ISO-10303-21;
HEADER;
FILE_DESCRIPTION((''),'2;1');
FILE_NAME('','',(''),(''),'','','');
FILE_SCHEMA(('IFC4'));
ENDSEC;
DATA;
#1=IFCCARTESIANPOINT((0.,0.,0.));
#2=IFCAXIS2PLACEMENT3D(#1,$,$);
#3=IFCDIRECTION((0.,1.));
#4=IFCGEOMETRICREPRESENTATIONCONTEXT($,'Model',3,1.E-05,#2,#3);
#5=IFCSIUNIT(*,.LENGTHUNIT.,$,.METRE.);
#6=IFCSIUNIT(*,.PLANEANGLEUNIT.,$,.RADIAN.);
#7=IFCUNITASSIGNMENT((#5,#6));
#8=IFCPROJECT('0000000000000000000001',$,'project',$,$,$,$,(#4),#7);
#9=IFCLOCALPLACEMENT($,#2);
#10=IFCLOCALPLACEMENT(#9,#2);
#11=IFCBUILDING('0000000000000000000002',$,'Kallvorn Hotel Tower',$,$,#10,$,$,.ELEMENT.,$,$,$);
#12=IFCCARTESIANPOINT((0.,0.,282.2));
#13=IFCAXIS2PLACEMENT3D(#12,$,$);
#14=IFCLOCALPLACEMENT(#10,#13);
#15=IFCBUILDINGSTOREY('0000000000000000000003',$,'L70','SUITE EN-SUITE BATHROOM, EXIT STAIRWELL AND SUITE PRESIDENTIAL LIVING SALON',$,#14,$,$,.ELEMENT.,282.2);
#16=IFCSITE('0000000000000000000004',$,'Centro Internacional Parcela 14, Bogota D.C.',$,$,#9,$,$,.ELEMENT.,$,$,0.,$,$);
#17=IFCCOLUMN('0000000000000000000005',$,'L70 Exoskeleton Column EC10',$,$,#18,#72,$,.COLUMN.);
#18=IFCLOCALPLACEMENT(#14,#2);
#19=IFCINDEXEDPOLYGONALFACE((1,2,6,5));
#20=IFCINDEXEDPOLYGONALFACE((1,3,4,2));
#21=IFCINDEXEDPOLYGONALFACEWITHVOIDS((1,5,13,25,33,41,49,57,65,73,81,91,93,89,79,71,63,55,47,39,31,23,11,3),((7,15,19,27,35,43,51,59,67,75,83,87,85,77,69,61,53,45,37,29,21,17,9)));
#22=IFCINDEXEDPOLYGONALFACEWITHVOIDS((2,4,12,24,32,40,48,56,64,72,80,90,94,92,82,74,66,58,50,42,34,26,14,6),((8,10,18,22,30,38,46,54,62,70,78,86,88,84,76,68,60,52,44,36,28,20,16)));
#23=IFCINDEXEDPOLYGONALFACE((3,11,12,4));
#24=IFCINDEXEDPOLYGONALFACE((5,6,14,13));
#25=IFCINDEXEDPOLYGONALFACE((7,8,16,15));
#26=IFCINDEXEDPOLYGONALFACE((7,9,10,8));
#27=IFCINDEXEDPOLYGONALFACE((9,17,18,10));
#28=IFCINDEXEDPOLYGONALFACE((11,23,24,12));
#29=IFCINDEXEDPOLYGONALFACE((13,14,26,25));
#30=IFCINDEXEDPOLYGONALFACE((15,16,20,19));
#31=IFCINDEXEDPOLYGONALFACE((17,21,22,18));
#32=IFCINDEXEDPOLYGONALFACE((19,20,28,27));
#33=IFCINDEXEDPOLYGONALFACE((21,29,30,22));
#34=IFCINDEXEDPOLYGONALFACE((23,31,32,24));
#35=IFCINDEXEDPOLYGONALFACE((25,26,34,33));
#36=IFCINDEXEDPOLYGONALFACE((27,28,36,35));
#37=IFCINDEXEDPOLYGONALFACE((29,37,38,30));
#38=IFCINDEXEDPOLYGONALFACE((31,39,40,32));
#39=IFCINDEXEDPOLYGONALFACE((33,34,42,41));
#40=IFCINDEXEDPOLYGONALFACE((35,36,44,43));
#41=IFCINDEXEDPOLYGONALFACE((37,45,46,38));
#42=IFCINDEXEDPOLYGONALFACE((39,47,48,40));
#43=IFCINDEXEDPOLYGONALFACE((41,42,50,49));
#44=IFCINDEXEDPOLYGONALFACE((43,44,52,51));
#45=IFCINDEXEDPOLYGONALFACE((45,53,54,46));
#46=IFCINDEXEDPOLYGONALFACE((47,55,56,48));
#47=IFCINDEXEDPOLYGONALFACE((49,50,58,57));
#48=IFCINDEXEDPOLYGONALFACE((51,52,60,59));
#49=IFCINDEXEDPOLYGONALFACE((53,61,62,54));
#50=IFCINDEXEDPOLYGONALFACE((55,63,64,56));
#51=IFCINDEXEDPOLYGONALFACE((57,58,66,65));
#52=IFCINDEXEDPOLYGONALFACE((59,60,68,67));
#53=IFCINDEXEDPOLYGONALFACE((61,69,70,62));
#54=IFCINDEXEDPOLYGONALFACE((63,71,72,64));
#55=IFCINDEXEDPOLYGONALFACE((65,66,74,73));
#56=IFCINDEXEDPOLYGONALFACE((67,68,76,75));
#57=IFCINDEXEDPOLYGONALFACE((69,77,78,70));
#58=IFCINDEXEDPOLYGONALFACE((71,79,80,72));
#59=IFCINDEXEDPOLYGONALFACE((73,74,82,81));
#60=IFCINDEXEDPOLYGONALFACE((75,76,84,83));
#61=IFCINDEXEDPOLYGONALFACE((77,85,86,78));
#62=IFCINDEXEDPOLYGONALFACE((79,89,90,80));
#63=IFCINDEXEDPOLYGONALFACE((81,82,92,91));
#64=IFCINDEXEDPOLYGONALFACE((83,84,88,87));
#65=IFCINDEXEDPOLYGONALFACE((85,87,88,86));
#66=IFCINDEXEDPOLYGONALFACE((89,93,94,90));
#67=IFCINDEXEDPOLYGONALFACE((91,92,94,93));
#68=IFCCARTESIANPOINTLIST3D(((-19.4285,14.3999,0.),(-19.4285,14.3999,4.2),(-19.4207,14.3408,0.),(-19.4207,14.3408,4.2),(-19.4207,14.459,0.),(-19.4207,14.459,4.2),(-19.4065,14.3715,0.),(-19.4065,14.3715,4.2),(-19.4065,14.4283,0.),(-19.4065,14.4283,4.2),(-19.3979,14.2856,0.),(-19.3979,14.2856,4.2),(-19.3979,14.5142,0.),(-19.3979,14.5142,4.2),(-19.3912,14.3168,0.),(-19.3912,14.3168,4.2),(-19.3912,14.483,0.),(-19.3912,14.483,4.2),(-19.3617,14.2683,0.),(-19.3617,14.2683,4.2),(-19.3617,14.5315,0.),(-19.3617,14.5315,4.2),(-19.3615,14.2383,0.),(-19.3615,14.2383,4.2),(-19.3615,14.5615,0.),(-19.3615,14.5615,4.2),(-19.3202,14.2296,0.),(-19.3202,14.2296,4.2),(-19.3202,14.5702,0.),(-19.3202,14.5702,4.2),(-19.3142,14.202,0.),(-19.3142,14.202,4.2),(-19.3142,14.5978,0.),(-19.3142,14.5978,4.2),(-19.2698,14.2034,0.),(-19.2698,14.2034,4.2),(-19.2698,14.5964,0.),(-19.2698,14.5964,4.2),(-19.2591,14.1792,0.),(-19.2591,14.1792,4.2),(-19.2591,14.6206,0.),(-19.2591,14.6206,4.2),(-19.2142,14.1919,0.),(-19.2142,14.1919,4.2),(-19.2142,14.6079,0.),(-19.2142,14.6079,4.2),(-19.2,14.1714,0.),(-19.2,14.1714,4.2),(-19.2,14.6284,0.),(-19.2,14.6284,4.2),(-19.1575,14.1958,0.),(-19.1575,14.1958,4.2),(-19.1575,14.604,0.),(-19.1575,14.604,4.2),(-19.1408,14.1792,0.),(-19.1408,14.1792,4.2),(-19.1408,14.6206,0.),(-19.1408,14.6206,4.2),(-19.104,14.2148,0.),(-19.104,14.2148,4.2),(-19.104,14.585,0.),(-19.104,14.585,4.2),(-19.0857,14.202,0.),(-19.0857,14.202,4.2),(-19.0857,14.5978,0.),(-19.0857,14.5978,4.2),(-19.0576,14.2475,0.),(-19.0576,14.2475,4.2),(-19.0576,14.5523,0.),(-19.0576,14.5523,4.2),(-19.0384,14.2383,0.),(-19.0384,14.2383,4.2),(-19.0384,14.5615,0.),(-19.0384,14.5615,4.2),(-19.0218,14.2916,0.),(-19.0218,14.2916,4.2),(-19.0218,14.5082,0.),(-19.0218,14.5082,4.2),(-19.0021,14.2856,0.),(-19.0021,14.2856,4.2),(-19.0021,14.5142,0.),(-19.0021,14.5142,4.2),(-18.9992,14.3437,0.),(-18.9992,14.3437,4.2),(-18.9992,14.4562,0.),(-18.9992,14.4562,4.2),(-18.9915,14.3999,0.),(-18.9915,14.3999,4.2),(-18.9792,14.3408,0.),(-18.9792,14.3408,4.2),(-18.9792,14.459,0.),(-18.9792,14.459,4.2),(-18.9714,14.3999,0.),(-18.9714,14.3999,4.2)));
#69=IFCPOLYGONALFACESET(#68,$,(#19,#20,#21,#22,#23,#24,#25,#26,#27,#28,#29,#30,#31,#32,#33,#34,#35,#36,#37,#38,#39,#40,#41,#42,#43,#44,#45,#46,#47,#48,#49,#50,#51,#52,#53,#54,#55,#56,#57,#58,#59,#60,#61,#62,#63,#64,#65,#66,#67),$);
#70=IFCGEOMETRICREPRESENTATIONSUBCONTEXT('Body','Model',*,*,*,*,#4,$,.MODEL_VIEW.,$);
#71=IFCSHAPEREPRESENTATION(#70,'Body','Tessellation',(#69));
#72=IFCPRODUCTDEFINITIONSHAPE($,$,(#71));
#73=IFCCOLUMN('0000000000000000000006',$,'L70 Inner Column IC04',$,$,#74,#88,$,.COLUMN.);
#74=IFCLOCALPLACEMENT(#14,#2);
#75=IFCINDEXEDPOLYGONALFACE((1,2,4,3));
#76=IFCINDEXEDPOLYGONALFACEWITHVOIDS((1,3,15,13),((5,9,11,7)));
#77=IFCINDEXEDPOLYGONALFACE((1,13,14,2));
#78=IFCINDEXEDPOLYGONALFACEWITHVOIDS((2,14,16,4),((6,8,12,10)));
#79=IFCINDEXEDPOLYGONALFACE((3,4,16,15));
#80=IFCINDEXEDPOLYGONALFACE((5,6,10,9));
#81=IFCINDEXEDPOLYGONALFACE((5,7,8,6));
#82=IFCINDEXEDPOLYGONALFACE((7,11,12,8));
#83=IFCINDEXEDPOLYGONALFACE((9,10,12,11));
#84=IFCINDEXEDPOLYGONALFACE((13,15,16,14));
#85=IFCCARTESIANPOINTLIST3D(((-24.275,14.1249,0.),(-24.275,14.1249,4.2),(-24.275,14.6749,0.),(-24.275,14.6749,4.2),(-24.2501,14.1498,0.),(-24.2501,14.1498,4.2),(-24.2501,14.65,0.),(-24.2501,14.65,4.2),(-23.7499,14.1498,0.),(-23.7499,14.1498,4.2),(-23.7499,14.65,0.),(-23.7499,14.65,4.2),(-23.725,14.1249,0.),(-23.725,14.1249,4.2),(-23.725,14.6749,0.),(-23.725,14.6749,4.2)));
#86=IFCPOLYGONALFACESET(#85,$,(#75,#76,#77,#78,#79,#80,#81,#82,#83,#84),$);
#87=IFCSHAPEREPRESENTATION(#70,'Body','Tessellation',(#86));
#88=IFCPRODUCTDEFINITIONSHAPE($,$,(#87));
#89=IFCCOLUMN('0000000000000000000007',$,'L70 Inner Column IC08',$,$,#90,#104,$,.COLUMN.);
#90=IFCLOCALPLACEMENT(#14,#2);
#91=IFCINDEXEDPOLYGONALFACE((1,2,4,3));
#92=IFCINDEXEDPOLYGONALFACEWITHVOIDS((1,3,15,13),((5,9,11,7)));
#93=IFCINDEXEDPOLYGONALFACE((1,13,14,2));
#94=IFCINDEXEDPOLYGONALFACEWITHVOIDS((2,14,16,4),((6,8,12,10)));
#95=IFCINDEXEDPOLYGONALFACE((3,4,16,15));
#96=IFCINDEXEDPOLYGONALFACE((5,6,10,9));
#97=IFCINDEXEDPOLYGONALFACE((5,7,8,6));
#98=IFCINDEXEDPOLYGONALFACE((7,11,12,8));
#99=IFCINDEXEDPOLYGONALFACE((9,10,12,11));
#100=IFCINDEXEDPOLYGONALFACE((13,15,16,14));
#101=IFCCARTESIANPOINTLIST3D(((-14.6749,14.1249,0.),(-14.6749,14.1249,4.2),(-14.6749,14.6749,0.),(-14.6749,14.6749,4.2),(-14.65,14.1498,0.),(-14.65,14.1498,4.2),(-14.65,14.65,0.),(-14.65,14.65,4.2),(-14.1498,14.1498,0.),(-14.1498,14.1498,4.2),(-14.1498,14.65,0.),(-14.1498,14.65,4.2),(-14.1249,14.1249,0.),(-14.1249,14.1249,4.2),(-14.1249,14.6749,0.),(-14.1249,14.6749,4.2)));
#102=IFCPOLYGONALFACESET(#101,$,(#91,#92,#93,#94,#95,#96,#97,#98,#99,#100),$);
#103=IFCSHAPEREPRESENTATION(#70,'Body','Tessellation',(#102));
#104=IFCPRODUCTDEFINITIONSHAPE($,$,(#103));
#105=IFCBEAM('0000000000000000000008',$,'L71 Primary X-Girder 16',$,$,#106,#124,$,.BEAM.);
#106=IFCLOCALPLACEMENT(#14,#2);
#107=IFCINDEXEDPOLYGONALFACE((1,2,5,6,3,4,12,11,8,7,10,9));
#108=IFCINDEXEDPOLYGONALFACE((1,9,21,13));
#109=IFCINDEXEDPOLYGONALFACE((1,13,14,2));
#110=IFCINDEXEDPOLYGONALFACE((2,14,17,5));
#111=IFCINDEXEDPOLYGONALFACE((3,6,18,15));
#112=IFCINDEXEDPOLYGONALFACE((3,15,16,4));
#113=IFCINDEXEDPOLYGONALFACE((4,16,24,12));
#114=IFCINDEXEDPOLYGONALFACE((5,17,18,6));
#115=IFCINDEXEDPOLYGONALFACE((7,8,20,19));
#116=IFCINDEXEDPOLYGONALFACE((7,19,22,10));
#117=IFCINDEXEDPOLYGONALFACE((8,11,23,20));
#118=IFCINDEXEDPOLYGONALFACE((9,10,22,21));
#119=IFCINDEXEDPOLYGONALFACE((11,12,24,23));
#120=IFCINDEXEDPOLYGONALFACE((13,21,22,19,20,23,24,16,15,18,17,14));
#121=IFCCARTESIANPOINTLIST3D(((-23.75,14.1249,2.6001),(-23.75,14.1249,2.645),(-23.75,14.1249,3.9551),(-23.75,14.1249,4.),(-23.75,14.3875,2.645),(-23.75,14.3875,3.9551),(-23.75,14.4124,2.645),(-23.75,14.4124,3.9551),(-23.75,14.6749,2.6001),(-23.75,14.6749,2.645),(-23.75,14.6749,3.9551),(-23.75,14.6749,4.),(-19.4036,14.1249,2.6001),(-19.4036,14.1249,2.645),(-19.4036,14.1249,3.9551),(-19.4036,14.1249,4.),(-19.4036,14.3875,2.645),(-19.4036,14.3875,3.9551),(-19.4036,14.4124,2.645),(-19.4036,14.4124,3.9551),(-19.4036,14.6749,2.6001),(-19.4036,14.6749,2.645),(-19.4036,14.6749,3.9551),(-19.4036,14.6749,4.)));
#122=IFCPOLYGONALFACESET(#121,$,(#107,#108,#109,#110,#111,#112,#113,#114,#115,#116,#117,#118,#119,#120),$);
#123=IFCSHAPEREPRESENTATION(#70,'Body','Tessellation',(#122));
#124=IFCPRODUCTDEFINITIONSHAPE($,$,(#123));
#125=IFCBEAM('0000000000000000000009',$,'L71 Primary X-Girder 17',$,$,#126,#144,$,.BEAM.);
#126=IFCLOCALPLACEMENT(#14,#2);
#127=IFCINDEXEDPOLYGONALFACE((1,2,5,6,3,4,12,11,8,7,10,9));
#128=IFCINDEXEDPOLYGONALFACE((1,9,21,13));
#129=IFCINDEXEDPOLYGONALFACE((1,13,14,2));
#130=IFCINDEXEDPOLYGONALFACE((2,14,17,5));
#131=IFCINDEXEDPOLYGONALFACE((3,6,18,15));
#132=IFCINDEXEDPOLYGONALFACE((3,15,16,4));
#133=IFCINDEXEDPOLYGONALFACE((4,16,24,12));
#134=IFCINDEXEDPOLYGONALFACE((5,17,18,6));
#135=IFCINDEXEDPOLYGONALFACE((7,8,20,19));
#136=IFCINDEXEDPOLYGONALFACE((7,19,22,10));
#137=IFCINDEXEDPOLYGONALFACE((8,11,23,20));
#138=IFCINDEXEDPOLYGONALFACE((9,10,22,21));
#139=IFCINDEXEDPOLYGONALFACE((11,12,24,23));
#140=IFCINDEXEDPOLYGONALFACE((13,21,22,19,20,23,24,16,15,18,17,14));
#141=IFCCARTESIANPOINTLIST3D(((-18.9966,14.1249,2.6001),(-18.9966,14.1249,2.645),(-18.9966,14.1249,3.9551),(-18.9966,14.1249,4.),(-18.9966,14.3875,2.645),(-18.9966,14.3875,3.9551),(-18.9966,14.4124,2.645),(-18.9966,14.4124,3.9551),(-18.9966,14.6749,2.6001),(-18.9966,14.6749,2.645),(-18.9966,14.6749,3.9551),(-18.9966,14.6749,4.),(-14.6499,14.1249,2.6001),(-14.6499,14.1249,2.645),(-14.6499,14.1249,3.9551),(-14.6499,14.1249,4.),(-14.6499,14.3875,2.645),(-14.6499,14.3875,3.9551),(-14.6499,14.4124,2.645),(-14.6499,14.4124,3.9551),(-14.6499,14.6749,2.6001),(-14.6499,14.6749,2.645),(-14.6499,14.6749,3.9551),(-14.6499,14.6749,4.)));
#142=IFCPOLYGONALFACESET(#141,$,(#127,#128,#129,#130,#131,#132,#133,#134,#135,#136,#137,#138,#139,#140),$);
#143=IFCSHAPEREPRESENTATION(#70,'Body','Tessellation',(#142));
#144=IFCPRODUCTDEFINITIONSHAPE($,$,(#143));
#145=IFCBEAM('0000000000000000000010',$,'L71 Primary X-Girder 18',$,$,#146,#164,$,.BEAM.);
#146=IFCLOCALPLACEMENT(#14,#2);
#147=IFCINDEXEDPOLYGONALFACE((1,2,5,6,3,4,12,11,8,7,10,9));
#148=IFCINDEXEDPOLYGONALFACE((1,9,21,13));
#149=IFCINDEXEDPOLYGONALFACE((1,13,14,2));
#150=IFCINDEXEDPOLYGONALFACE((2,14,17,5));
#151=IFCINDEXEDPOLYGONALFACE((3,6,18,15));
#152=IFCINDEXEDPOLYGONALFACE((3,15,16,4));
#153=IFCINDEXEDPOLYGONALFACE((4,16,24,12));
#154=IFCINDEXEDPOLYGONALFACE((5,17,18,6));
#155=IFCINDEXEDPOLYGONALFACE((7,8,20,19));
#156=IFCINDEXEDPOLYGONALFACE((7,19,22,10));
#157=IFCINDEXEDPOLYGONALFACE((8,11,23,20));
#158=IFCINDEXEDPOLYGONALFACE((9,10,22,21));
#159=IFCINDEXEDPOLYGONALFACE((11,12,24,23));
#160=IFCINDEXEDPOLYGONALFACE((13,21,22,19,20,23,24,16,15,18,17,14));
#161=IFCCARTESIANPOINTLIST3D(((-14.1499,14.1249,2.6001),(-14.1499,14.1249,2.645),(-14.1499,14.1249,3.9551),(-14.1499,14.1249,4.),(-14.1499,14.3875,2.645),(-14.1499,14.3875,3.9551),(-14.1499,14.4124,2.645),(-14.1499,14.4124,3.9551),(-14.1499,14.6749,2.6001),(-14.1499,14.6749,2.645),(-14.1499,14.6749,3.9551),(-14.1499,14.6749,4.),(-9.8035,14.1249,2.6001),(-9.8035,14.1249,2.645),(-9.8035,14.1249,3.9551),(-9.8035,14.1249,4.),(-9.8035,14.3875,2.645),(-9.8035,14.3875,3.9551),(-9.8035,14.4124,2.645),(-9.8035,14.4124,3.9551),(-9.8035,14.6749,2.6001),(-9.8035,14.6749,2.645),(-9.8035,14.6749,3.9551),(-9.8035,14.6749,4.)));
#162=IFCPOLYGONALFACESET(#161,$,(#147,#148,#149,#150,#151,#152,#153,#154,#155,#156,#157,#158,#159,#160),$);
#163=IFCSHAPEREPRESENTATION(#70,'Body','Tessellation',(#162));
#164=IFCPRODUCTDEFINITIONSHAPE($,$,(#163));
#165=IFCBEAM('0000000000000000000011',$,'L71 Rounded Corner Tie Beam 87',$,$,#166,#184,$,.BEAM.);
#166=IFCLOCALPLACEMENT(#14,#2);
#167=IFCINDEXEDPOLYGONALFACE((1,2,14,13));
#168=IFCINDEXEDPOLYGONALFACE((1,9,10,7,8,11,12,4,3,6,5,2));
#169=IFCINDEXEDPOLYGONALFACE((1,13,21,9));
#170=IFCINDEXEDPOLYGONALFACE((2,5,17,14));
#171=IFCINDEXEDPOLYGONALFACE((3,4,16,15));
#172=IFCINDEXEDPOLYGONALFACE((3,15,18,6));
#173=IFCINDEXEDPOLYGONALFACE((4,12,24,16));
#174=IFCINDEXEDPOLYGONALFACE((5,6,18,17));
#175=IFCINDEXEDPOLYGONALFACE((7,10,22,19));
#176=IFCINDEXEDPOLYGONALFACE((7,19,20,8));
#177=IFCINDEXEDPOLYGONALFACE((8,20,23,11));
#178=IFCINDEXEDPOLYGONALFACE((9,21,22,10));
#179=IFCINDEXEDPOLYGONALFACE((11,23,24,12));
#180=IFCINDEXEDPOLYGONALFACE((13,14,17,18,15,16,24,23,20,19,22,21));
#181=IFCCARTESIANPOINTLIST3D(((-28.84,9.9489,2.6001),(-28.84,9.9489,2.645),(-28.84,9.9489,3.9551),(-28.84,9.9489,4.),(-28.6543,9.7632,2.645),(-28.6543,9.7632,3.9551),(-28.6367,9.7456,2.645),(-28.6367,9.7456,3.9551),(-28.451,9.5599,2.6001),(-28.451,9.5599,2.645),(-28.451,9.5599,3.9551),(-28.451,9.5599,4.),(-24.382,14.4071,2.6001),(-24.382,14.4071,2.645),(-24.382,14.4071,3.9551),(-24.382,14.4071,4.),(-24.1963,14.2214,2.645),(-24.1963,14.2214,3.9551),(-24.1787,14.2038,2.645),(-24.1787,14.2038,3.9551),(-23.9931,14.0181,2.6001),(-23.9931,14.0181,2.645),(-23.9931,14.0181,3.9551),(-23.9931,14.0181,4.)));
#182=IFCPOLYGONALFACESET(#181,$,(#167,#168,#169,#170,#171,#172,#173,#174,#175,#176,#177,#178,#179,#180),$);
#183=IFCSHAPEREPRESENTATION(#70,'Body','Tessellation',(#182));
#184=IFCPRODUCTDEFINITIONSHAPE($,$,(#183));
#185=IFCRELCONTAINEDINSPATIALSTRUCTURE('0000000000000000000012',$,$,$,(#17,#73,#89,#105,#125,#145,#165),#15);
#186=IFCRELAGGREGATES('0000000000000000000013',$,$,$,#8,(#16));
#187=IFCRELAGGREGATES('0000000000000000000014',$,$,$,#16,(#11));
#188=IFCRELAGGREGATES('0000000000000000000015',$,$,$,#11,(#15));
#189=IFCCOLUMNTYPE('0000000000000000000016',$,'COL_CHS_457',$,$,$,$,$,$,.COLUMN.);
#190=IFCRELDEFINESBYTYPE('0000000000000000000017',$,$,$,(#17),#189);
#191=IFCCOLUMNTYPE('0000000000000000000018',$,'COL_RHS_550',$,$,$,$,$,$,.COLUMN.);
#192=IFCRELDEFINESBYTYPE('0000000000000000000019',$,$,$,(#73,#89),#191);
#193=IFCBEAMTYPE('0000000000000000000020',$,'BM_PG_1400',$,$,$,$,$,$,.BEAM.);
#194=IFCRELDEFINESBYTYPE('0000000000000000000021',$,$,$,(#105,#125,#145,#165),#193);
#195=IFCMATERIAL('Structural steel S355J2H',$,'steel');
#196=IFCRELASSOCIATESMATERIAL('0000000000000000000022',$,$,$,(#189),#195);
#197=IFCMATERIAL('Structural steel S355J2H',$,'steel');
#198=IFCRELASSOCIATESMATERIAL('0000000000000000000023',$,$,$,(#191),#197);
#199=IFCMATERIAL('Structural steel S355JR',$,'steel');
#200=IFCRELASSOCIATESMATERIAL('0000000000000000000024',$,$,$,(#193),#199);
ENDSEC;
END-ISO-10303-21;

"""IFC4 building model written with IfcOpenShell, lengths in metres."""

from ifc_helpers import new_model, si_unit, direction, frame, origin, origin_2d, place, context, subcontext, project, spatial, hollow_rectangle, hollow_circle, i_section, extrude, material, material_profile, profile_set, type_object, element, save


model = new_model("IFC4")

# Units and contexts
model_context = context("Model", 3, precision=1e-05, world=origin(), true_north=direction((0.0, 1.0)))
body_context = subcontext(model_context, "Body", "Model", "MODEL_VIEW")
ifc_project = project(units=[si_unit("LENGTHUNIT", "METRE"), si_unit("PLANEANGLEUNIT", "RADIAN")], contexts=[model_context])

# Site, building, storey
site_placement = place(None, origin())
site = spatial("IfcSite", under=ifc_project, at=site_placement, Name="Centro Internacional Parcela 14, Bogota D.C.", CompositionType="ELEMENT", RefElevation=0.0)
building_placement = place(site_placement, origin())
building = spatial("IfcBuilding", under=site, at=building_placement, Name="Kallvorn Hotel Tower", CompositionType="ELEMENT")
storey_placement = place(building_placement, frame((0.0, 0.0, 282.2)))
storey = spatial("IfcBuildingStorey", under=building, at=storey_placement, Name="L70", Description="SUITE EN-SUITE BATHROOM, EXIT STAIRWELL AND SUITE PRESIDENTIAL LIVING SALON", CompositionType="ELEMENT", Elevation=282.2)

# Columns
ifc_material_1 = material(Name="Structural steel S355J2H", Category="steel")
ifc_material_profile_1 = material_profile(ifc_material_1, hollow_circle(Radius=0.2285, WallThickness=0.02, at=origin_2d()), Name="CHS 457x20")
ifc_profile_set_1 = profile_set([ifc_material_profile_1], Name="Structural steel S355J2H")
column_type_1 = type_object("IfcColumnType", Name="COL_CHS_457", PredefinedType="COLUMN", material=ifc_profile_set_1)
column_placement = place(storey_placement, frame((-19.2, 14.3999, 0.0), z_axis=(0.0, 0.0, 1.0), x_axis=(1.0, 0.0, 0.0)))
element("IfcColumn", 1, at=column_placement, inside=storey, type_object=column_type_1, Name="L70 Exoskeleton Column EC10", PredefinedType="COLUMN", context=body_context, shape_type="SweptSolid", body=[
    extrude(hollow_circle(Radius=0.2285, WallThickness=0.02, at=origin_2d()), origin(), (0.0, 0.0, 1.0), 4.2),
])
ifc_material_2 = material(Name="Structural steel S355J2H", Category="steel")
ifc_material_profile_2 = material_profile(ifc_material_2, hollow_rectangle(XDim=0.55, YDim=0.55, WallThickness=0.0249, at=origin_2d()), Name="RHS 550x550x25")
ifc_profile_set_2 = profile_set([ifc_material_profile_2], Name="Structural steel S355J2H")
column_type_2 = type_object("IfcColumnType", Name="COL_RHS_550", PredefinedType="COLUMN", material=ifc_profile_set_2)
for number, where, z_axis, x_axis, name in (
    (2, (-24.0, 14.3999, 0.0), (0.0, 0.0, 1.0), (1.0, 0.0, 0.0), "L70 Inner Column IC04"),
    (3, (-14.3999, 14.3999, 0.0), (0.0, 0.0, 1.0), (1.0, 0.0, 0.0), "L70 Inner Column IC08"),
):
    element("IfcColumn", number, at=place(storey_placement, frame(where, z_axis=z_axis, x_axis=x_axis)), inside=storey, type_object=column_type_2, Name=name, PredefinedType="COLUMN", context=body_context, shape_type="SweptSolid", body=[
        extrude(hollow_rectangle(XDim=0.55, YDim=0.55, WallThickness=0.0249, at=origin_2d()), origin(), (0.0, 0.0, 1.0), 4.2),
    ])

# Beams
ifc_material_3 = material(Name="Structural steel S355JR", Category="steel")
ifc_material_profile_3 = material_profile(ifc_material_3, i_section(OverallWidth=0.55, OverallDepth=1.3999, WebThickness=0.0249, FlangeThickness=0.0449, at=origin_2d()), Name="PG 1400x550x25x45")
ifc_profile_set_3 = profile_set([ifc_material_profile_3], Name="Structural steel S355JR")
beam_type = type_object("IfcBeamType", Name="BM_PG_1400", PredefinedType="BEAM", material=ifc_profile_set_3)
beam_1_placement = place(storey_placement, frame((-23.75, 14.3999, 3.3), z_axis=(1.0, 0.0, 0.0), x_axis=(0.0, 1.0, 0.0)))
element("IfcBeam", 4, at=beam_1_placement, inside=storey, type_object=beam_type, Name="L71 Primary X-Girder 16", PredefinedType="BEAM", context=body_context, shape_type="SweptSolid", body=[
    extrude(i_section(OverallWidth=0.55, OverallDepth=1.3999, WebThickness=0.0249, FlangeThickness=0.0449, at=origin_2d()), origin(), (0.0, 0.0, 1.0), 4.3464),
])
beam_2_placement = place(storey_placement, frame((-18.9966, 14.3999, 3.3), z_axis=(1.0, 0.0, 0.0), x_axis=(0.0, 1.0, 0.0)))
element("IfcBeam", 5, at=beam_2_placement, inside=storey, type_object=beam_type, Name="L71 Primary X-Girder 17", PredefinedType="BEAM", context=body_context, shape_type="SweptSolid", body=[
    extrude(i_section(OverallWidth=0.55, OverallDepth=1.3999, WebThickness=0.0249, FlangeThickness=0.0449, at=origin_2d()), origin(), (0.0, 0.0, 1.0), 4.3467),
])
beam_3_placement = place(storey_placement, frame((-14.1499, 14.3999, 3.3), z_axis=(1.0, 0.0, 0.0), x_axis=(0.0, 1.0, 0.0)))
element("IfcBeam", 6, at=beam_3_placement, inside=storey, type_object=beam_type, Name="L71 Primary X-Girder 18", PredefinedType="BEAM", context=body_context, shape_type="SweptSolid", body=[
    extrude(i_section(OverallWidth=0.55, OverallDepth=1.3999, WebThickness=0.0249, FlangeThickness=0.0449, at=origin_2d()), origin(), (0.0, 0.0, 1.0), 4.3464),
])
beam_4_placement = place(storey_placement, frame((-28.6455, 9.7544, 3.3), z_axis=(0.707087, 0.707126, 0.0), x_axis=(-0.707126, 0.707087, 0.0)))
element("IfcBeam", 7, at=beam_4_placement, inside=storey, type_object=beam_type, Name="L71 Rounded Corner Tie Beam 87", PredefinedType="BEAM", context=body_context, shape_type="SweptSolid", body=[
    extrude(i_section(OverallWidth=0.55, OverallDepth=1.3999, WebThickness=0.0249, FlangeThickness=0.0449, at=origin_2d()), origin(), (0.0, 0.0, 1.0), 6.3047),
])

save(model, "model.ifc")
